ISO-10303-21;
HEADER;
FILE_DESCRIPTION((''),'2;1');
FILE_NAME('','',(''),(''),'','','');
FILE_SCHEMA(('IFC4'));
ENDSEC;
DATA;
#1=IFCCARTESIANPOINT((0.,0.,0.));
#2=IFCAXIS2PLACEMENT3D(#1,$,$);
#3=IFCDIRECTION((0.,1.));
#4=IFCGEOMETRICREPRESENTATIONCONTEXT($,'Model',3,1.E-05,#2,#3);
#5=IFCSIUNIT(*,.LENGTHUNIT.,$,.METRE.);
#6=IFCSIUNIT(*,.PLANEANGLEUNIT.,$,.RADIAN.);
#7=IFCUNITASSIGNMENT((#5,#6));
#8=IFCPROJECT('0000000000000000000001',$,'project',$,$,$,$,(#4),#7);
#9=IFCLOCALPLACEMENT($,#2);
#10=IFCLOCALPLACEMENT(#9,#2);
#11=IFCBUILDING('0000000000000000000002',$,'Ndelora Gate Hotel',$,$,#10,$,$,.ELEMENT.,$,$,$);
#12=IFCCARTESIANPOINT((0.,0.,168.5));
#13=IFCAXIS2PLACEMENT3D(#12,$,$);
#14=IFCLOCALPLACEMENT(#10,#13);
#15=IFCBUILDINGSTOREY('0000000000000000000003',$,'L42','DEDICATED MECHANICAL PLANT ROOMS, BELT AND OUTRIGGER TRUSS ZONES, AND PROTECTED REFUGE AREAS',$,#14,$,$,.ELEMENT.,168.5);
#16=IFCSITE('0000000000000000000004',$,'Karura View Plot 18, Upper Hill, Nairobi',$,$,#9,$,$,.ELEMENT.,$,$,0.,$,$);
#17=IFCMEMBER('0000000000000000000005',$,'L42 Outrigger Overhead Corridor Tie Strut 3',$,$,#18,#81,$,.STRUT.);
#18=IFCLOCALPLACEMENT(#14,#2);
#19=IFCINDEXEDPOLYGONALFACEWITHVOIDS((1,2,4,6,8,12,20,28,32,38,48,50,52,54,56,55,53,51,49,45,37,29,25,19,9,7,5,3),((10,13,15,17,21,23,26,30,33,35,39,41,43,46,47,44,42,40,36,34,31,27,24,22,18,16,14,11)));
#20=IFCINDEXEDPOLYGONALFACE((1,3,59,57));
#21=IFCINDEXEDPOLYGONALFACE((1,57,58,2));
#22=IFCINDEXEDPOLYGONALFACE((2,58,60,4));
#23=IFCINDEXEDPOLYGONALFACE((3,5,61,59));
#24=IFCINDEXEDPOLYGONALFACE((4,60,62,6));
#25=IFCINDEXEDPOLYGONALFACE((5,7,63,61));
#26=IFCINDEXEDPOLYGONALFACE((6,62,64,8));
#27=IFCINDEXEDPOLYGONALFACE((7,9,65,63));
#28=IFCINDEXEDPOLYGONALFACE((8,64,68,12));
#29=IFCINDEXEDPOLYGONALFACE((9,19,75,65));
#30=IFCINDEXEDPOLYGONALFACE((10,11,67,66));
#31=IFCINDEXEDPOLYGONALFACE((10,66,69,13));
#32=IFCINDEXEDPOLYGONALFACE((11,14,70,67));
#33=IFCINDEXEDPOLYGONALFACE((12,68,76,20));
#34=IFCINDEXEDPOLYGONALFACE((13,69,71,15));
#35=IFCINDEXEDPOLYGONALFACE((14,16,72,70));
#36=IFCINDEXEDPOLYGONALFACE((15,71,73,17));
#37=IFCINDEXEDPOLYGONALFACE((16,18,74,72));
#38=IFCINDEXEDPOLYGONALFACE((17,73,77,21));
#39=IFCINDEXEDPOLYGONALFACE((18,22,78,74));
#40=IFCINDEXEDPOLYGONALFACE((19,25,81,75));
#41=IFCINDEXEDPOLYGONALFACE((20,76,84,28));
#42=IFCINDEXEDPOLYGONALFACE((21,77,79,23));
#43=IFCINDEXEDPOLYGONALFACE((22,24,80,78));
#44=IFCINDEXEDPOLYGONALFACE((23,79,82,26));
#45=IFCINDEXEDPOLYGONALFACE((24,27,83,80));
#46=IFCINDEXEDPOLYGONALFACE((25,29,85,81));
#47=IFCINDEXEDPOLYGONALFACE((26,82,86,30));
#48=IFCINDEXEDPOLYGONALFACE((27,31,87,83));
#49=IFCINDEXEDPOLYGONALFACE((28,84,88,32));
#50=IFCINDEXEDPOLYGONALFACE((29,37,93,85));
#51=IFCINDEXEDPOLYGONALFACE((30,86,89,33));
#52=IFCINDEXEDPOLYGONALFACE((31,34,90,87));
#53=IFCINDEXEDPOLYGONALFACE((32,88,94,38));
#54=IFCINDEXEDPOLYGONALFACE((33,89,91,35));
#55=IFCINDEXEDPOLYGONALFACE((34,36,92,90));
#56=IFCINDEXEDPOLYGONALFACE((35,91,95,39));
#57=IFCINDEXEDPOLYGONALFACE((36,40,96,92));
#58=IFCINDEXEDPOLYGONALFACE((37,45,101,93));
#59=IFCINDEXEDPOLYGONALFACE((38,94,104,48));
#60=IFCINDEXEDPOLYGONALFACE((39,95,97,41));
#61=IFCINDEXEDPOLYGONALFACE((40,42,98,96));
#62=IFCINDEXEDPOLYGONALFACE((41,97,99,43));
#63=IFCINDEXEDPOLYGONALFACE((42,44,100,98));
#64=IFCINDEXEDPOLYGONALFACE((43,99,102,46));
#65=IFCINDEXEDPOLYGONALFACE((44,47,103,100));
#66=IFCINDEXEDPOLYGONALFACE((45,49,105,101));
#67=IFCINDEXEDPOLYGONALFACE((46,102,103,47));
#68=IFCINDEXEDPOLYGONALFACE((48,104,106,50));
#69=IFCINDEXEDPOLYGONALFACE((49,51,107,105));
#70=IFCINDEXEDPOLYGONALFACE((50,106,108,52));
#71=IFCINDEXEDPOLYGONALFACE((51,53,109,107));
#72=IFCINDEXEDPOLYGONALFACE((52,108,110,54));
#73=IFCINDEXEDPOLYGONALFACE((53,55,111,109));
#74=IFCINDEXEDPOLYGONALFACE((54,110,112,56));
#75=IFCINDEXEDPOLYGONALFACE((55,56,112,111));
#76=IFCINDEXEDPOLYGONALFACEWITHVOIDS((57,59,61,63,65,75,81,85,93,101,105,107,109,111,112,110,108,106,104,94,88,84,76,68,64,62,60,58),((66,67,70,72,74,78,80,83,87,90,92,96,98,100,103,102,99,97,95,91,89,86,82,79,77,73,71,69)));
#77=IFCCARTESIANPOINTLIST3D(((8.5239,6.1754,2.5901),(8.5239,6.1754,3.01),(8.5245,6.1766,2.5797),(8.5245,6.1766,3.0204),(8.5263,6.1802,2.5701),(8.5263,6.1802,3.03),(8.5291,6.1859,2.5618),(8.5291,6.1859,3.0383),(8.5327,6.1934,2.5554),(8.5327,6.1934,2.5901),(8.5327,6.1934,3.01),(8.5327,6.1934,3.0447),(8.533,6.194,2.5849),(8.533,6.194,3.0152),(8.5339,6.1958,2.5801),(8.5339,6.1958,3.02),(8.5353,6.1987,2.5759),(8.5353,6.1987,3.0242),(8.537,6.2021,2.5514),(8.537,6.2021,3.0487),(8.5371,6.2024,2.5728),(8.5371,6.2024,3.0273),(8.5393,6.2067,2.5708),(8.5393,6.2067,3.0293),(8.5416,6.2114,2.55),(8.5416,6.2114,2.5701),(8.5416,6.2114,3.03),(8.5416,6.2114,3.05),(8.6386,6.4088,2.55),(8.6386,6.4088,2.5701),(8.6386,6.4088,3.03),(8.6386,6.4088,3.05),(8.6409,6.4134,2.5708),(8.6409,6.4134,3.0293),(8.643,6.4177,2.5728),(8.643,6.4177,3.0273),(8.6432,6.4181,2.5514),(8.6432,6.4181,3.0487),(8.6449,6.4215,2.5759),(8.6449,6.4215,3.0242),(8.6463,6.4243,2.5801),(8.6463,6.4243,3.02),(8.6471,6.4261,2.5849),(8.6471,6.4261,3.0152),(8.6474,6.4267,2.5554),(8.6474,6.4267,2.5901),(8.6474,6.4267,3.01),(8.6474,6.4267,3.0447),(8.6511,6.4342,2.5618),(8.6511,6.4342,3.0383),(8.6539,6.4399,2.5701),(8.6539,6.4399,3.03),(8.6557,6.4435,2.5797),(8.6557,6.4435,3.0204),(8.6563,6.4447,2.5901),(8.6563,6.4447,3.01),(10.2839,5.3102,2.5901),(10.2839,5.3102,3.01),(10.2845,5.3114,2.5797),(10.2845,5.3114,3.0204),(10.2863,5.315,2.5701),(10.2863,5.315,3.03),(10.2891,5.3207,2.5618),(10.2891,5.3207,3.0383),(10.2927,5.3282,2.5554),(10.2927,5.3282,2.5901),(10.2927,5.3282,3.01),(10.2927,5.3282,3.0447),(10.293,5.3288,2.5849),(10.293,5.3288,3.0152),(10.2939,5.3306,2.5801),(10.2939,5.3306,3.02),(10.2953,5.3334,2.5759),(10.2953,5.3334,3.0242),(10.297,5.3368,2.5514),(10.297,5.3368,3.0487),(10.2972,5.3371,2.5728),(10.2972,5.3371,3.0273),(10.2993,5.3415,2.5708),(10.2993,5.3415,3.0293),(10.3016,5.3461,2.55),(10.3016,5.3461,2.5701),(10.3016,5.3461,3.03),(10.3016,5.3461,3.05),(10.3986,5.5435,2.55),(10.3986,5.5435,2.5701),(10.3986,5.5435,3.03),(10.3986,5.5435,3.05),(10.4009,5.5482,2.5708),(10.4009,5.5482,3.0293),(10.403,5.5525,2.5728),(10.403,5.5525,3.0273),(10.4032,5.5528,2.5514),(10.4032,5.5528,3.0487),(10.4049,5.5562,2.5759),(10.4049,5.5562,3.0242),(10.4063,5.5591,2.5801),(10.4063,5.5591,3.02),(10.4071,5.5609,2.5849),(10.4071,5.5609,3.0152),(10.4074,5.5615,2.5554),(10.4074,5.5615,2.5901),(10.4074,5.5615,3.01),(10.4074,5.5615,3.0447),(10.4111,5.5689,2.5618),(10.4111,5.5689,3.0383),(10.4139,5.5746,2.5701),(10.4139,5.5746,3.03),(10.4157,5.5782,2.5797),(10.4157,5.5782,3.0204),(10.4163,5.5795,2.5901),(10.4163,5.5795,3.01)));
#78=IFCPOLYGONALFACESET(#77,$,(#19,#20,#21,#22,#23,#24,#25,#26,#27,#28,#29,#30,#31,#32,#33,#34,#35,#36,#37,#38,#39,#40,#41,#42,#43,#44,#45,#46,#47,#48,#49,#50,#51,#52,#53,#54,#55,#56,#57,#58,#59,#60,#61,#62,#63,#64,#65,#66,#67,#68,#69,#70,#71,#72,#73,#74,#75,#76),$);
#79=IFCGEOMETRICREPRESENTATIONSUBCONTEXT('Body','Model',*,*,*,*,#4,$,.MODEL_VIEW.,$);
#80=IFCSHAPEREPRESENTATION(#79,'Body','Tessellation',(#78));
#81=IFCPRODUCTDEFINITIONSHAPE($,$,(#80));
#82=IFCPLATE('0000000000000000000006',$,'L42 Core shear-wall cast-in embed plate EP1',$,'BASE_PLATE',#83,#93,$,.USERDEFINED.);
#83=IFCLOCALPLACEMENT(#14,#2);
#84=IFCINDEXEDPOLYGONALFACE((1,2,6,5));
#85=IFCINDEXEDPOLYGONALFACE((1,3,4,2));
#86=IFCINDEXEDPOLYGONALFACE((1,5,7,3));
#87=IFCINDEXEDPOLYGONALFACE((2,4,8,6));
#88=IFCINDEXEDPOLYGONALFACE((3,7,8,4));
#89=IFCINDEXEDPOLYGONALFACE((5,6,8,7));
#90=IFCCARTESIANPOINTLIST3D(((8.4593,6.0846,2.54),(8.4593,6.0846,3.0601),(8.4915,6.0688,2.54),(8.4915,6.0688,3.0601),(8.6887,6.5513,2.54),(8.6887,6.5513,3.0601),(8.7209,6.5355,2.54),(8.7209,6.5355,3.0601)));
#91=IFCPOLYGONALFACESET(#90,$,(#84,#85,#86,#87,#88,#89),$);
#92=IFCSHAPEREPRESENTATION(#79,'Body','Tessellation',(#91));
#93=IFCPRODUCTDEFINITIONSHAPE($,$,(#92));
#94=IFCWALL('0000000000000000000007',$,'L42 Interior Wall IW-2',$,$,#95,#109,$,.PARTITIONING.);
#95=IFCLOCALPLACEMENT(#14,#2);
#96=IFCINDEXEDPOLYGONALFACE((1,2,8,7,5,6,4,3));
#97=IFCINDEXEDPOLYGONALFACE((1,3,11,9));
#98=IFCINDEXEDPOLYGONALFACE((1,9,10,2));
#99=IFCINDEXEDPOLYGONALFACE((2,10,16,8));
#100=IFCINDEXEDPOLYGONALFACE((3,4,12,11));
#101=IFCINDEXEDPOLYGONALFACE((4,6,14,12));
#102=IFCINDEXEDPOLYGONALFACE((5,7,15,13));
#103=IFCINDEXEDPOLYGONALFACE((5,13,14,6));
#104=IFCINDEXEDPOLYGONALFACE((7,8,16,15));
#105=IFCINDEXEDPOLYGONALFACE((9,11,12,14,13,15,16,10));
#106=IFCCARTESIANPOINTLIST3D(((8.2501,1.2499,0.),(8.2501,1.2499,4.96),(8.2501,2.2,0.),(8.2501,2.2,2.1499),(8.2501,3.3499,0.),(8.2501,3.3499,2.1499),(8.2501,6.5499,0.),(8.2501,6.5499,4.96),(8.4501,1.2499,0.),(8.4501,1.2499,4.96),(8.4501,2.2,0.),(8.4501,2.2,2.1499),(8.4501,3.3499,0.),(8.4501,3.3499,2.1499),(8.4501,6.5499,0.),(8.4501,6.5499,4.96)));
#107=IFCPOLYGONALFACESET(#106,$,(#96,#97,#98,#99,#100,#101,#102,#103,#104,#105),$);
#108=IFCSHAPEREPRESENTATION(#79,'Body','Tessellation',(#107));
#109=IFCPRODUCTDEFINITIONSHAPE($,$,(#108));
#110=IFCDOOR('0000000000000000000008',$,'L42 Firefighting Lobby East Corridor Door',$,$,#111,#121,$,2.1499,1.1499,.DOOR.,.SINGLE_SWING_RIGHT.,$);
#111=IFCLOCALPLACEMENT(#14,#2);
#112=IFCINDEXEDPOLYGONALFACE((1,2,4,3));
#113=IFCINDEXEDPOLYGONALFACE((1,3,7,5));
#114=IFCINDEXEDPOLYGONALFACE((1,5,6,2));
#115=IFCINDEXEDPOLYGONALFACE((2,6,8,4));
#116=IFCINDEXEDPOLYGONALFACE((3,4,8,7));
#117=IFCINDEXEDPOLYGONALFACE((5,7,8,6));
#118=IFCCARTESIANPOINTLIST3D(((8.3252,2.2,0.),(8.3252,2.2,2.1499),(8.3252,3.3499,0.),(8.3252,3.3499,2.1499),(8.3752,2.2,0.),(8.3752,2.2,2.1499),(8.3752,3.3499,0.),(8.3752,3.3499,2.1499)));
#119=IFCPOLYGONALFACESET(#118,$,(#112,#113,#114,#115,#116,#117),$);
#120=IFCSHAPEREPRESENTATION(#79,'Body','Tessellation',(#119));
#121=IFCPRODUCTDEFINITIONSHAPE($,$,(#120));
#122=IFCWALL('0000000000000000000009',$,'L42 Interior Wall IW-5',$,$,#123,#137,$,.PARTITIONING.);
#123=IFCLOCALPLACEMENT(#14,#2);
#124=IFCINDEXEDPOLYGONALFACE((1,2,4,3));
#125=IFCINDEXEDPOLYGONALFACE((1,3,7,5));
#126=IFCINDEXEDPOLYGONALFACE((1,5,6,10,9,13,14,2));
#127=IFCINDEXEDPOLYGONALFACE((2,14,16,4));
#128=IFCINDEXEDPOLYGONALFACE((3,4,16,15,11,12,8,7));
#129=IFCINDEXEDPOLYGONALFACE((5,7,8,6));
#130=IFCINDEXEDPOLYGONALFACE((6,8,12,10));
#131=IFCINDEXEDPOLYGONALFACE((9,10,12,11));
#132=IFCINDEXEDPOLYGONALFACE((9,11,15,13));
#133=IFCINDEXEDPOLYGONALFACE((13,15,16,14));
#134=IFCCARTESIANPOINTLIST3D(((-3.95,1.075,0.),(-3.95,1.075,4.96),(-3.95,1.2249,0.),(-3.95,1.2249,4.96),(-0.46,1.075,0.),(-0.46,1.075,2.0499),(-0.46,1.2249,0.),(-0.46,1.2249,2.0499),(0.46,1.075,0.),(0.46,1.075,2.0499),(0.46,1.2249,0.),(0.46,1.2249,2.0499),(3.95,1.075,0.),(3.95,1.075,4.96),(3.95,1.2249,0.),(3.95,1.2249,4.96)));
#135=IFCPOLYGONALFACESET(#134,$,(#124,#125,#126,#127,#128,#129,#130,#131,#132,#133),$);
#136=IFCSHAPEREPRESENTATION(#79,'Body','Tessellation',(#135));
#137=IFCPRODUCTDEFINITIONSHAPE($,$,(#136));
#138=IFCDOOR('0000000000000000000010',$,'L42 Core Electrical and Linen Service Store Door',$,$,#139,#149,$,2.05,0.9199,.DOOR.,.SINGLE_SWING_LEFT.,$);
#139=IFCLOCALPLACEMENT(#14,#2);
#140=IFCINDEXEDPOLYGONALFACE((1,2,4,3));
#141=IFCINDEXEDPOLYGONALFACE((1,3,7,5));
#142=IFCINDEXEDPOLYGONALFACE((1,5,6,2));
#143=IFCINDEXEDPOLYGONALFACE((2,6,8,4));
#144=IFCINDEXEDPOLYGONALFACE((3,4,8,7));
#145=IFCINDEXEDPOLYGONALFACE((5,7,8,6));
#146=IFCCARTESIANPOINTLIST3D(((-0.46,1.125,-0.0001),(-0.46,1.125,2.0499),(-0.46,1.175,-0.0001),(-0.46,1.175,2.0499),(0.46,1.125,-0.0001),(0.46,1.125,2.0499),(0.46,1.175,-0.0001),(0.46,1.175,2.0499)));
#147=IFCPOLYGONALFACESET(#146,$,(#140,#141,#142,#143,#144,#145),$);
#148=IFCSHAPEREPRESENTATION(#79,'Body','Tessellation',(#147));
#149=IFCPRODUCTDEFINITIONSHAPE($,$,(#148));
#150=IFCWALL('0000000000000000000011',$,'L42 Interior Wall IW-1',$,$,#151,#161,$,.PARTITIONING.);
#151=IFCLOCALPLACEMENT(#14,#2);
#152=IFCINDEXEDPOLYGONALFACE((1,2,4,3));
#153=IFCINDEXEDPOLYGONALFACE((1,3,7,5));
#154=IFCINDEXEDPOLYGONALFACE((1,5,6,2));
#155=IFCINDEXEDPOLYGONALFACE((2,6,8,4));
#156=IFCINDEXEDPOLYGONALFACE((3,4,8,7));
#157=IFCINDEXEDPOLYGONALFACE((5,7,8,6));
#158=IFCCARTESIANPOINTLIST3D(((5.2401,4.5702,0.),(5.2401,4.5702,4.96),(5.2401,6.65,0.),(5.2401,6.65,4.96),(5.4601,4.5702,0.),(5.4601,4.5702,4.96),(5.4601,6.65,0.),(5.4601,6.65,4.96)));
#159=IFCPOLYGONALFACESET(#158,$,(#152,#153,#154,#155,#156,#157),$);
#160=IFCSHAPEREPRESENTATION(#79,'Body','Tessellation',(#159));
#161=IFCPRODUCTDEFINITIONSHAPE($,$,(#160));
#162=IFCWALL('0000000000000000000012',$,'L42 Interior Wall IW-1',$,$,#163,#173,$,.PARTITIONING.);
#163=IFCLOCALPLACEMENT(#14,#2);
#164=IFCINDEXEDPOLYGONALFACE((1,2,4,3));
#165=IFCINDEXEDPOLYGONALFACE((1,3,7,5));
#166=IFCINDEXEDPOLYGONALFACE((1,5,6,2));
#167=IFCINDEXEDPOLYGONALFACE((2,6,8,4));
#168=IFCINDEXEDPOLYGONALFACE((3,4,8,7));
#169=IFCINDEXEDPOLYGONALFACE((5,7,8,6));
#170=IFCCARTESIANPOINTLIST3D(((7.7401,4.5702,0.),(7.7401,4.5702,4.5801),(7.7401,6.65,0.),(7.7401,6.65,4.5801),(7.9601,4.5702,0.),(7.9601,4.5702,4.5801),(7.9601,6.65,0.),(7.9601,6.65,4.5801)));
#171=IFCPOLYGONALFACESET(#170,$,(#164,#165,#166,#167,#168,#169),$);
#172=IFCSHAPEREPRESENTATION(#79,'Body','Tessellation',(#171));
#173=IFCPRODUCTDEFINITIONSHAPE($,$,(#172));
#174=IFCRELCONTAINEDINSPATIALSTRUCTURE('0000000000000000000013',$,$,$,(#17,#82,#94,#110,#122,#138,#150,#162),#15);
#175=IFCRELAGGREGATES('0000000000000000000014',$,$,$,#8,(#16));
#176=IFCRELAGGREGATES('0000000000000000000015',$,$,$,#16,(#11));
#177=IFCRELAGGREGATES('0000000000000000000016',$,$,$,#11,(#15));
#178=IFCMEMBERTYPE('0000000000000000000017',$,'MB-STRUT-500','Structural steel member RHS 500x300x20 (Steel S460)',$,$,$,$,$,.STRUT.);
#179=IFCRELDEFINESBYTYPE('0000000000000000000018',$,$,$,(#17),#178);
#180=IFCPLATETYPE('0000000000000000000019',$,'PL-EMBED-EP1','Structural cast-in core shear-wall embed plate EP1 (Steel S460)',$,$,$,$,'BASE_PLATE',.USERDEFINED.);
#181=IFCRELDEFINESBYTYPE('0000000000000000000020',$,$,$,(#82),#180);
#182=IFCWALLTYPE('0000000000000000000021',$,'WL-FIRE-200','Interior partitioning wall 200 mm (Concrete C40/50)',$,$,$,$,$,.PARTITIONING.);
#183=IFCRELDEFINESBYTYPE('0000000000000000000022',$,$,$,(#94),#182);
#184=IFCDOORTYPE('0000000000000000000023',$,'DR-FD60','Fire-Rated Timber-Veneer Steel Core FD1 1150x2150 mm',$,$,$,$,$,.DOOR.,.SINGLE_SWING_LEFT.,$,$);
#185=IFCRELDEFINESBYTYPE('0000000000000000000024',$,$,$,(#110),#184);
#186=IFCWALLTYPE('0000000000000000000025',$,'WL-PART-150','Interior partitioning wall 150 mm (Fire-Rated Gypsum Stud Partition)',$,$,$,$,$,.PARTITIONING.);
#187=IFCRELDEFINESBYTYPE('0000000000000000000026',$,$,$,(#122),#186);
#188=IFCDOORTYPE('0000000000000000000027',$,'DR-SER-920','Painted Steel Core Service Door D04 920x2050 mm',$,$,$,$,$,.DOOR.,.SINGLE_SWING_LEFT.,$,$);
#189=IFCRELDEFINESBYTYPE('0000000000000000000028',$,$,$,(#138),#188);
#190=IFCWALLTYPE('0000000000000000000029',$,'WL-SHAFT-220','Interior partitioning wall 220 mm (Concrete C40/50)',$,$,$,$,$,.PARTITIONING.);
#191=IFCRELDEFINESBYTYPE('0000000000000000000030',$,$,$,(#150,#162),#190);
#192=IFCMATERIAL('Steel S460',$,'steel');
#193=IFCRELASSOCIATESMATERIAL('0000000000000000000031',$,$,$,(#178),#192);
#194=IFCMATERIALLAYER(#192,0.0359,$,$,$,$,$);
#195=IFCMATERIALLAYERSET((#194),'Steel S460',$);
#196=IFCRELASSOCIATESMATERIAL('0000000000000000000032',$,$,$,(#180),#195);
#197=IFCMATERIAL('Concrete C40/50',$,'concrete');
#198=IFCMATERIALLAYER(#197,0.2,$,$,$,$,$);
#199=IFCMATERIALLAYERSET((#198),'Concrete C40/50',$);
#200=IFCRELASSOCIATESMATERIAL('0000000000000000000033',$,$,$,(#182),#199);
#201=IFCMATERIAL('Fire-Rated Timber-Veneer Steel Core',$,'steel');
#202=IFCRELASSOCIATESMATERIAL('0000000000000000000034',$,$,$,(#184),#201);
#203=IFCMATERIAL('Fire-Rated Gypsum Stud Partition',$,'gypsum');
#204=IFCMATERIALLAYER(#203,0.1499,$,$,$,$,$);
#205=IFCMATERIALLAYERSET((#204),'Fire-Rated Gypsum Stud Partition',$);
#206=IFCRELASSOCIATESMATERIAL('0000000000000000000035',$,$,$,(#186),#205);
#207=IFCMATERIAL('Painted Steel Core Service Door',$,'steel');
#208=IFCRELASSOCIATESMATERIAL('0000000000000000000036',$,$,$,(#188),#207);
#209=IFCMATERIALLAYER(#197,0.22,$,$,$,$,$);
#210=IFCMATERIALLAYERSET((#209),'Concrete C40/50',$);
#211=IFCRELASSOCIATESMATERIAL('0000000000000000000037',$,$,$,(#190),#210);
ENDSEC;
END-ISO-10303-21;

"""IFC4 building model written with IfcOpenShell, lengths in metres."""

from ifc_helpers import new_model, si_unit, direction, frame, frame_2d, origin, origin_2d, place, context, subcontext, project, spatial, rectangle, hollow_rectangle, extrude, material, layer, layer_set, material_profile, profile_set, type_object, element, fill, save


model = new_model("IFC4")

# Units and contexts
model_context = context("Model", 3, precision=1e-05, world=origin(), true_north=direction((0.0, 1.0)))
body_context = subcontext(model_context, "Body", "Model", "MODEL_VIEW")
ifc_project = project(units=[si_unit("LENGTHUNIT", "METRE"), si_unit("PLANEANGLEUNIT", "RADIAN")], contexts=[model_context])

# Site, building, storey
site_placement = place(None, origin())
site = spatial("IfcSite", under=ifc_project, at=site_placement, Name="Karura View Plot 18, Upper Hill, Nairobi", CompositionType="ELEMENT", RefElevation=0.0)
building_placement = place(site_placement, origin())
building = spatial("IfcBuilding", under=site, at=building_placement, Name="Ndelora Gate Hotel", CompositionType="ELEMENT")
storey_placement = place(building_placement, frame((0.0, 0.0, 168.5)))
storey = spatial("IfcBuildingStorey", under=building, at=storey_placement, Name="L42", Description="DEDICATED MECHANICAL PLANT ROOMS, BELT AND OUTRIGGER TRUSS ZONES, AND PROTECTED REFUGE AREAS", CompositionType="ELEMENT", Elevation=168.5)

# Member
ifc_material_1 = material(Name="Steel S460", Category="steel")
ifc_material_profile_1 = material_profile(ifc_material_1, hollow_rectangle(XDim=0.3, YDim=0.5, WallThickness=0.02, InnerFilletRadius=0.02, OuterFilletRadius=0.04, at=origin_2d()), Name="RHS 500x300x20")
ifc_profile_set_1 = profile_set([ifc_material_profile_1], Name="Steel S460")
member_type_1 = type_object("IfcMemberType", Name="MB-STRUT-500", Description="Structural steel member RHS 500x300x20 (Steel S460)", PredefinedType="STRUT", material=ifc_profile_set_1)
member_1_placement = place(storey_placement, frame((8.5901, 6.3101, 2.8), z_axis=(0.897419, -0.441178, 0.0), x_axis=(0.441178, 0.897419, 0.0)))
element("IfcMember", 1, at=member_1_placement, inside=storey, type_object=member_type_1, Name="L42 Outrigger Overhead Corridor Tie Strut 3", PredefinedType="STRUT", context=body_context, shape_type="SweptSolid", body=[
    extrude(hollow_rectangle(XDim=0.3, YDim=0.5, WallThickness=0.02, InnerFilletRadius=0.02, OuterFilletRadius=0.04, at=origin_2d()), origin(), (0.0, 0.0, 1.0), 1.9612),
])

# Plate
ifc_layer_1 = layer(ifc_material_1, 0.0359)
ifc_layer_set_1 = layer_set([ifc_layer_1], Name="Steel S460")
plate_type = type_object("IfcPlateType", Name="PL-EMBED-EP1", Description="Structural cast-in core shear-wall embed plate EP1 (Steel S460)", ElementType="BASE_PLATE", PredefinedType="USERDEFINED", material=ifc_layer_set_1)
plate_placement = place(storey_placement, frame((8.5901, 6.3101, 2.54), z_axis=(0.0, 0.0, 1.0), x_axis=(0.441193, 0.897412, 0.0)))
element("IfcPlate", 2, at=plate_placement, inside=storey, type_object=plate_type, Name="L42 Core shear-wall cast-in embed plate EP1", ObjectType="BASE_PLATE", PredefinedType="USERDEFINED", context=body_context, shape_type="SweptSolid", body=[
    extrude(rectangle(XDim=0.52, YDim=0.0359, at=origin_2d()), origin(), (0.0, 0.0, 1.0), 0.52),
])

# Walls, openings, doors
ifc_material_2 = material(Name="Concrete C40/50", Category="concrete")
ifc_layer_2 = layer(ifc_material_2, 0.2)
ifc_layer_set_2 = layer_set([ifc_layer_2], Name="Concrete C40/50")
wall_type_1 = type_object("IfcWallType", Name="WL-FIRE-200", Description="Interior partitioning wall 200 mm (Concrete C40/50)", PredefinedType="PARTITIONING", material=ifc_layer_set_2)
ifc_material_3 = material(Name="Fire-Rated Timber-Veneer Steel Core", Category="steel")
door_type_1 = type_object("IfcDoorType", Name="DR-FD60", Description="Fire-Rated Timber-Veneer Steel Core FD1 1150x2150 mm", OperationType="SINGLE_SWING_LEFT", PredefinedType="DOOR", material=ifc_material_3)
wall_1_placement = place(storey_placement, frame((8.3501, 1.25, 0.0), z_axis=(0.0, 0.0, 1.0), x_axis=(0.0, 1.0, 0.0)))
wall_1 = element("IfcWall", 3, at=wall_1_placement, inside=storey, type_object=wall_type_1, Name="L42 Interior Wall IW-2", PredefinedType="PARTITIONING", context=body_context, shape_type="SweptSolid", body=[
    extrude(rectangle(XDim=5.3, YDim=0.2, at=frame_2d((2.6499, 0.0))), origin(), (0.0, 0.0, 1.0), 4.96),
])
opening_1_placement = place(wall_1_placement, frame((0.95, 0.0, 0.0)))
opening_1 = element("IfcOpeningElement", 4, at=opening_1_placement, cuts=wall_1, PredefinedType="OPENING", context=body_context, shape_type="SweptSolid", body=[
    extrude(rectangle(XDim=1.1499, YDim=2.1499, at=frame_2d((0.575, 1.075))), frame((0.0, 0.1099, 0.0), z_axis=(0.0, -1.0, 0.0), x_axis=(1.0, 0.0, 0.0)), (0.0, 0.0, 1.0), 0.22),
])
door_1_placement = place(opening_1_placement, origin())
door_1 = element("IfcDoor", 5, at=door_1_placement, inside=storey, type_object=door_type_1, Name="L42 Firefighting Lobby East Corridor Door", OperationType="SINGLE_SWING_RIGHT", OverallHeight=2.1499, OverallWidth=1.1499, PredefinedType="DOOR", context=body_context, shape_type="SweptSolid", body=[
    extrude(rectangle(XDim=1.1499, YDim=2.1499, at=frame_2d((0.575, 1.075))), frame((0.0, 0.0249, 0.0), z_axis=(0.0, -1.0, 0.0), x_axis=(1.0, 0.0, 0.0)), (0.0, 0.0, 1.0), 0.05),
])
fill(opening_1, door_1)
ifc_material_4 = material(Name="Fire-Rated Gypsum Stud Partition", Category="gypsum")
ifc_layer_3 = layer(ifc_material_4, 0.1499)
ifc_layer_set_3 = layer_set([ifc_layer_3], Name="Fire-Rated Gypsum Stud Partition")
wall_type_2 = type_object("IfcWallType", Name="WL-PART-150", Description="Interior partitioning wall 150 mm (Fire-Rated Gypsum Stud Partition)", PredefinedType="PARTITIONING", material=ifc_layer_set_3)
wall_2_placement = place(storey_placement, frame((3.95, 1.1499, 0.0), z_axis=(0.0, 0.0, 1.0), x_axis=(-1.0, 0.0, 0.0)))
wall_2 = element("IfcWall", 6, at=wall_2_placement, inside=storey, type_object=wall_type_2, Name="L42 Interior Wall IW-5", PredefinedType="PARTITIONING", context=body_context, shape_type="SweptSolid", body=[
    extrude(rectangle(XDim=7.8999, YDim=0.1499, at=frame_2d((3.95, 0.0))), origin(), (0.0, 0.0, 1.0), 4.96),
])
opening_2_placement = place(wall_2_placement, frame((3.49, 0.0, 0.0)))
opening_2 = element("IfcOpeningElement", 7, at=opening_2_placement, cuts=wall_2, PredefinedType="OPENING", context=body_context, shape_type="SweptSolid", body=[
    extrude(rectangle(XDim=0.9199, YDim=2.05, at=frame_2d((0.46, 1.0249))), frame((0.0, 0.085, 0.0), z_axis=(0.0, -1.0, 0.0), x_axis=(1.0, 0.0, 0.0)), (0.0, 0.0, 1.0), 0.1699),
])
ifc_material_5 = material(Name="Painted Steel Core Service Door", Category="steel")
door_type_2 = type_object("IfcDoorType", Name="DR-SER-920", Description="Painted Steel Core Service Door D04 920x2050 mm", OperationType="SINGLE_SWING_LEFT", PredefinedType="DOOR", material=ifc_material_5)
door_2_placement = place(opening_2_placement, origin())
door_2 = element("IfcDoor", 8, at=door_2_placement, inside=storey, type_object=door_type_2, Name="L42 Core Electrical and Linen Service Store Door", OperationType="SINGLE_SWING_LEFT", OverallHeight=2.05, OverallWidth=0.9199, PredefinedType="DOOR", context=body_context, shape_type="SweptSolid", body=[
    extrude(rectangle(XDim=0.9199, YDim=2.05, at=frame_2d((0.46, 1.0249))), frame((0.0, 0.0249, 0.0), z_axis=(0.0, -1.0, 0.0), x_axis=(1.0, 0.0, 0.0)), (0.0, 0.0, 1.0), 0.05),
])
fill(opening_2, door_2)
ifc_layer_4 = layer(ifc_material_2, 0.22)
ifc_layer_set_4 = layer_set([ifc_layer_4], Name="Concrete C40/50")
wall_type_3 = type_object("IfcWallType", Name="WL-SHAFT-220", Description="Interior partitioning wall 220 mm (Concrete C40/50)", PredefinedType="PARTITIONING", material=ifc_layer_set_4)

# Walls
wall_3_placement = place(storey_placement, frame((5.3501, 4.5701, 0.0), z_axis=(0.0, 0.0, 1.0), x_axis=(0.0, 1.0, 0.0)))
element("IfcWall", 9, at=wall_3_placement, inside=storey, type_object=wall_type_3, Name="L42 Interior Wall IW-1", PredefinedType="PARTITIONING", context=body_context, shape_type="SweptSolid", body=[
    extrude(rectangle(XDim=2.0798, YDim=0.22, at=frame_2d((1.04, 0.0))), origin(), (0.0, 0.0, 1.0), 4.96),
])
wall_4_placement = place(storey_placement, frame((7.8501, 4.5701, 0.0), z_axis=(0.0, 0.0, 1.0), x_axis=(0.0, 1.0, 0.0)))
element("IfcWall", 10, at=wall_4_placement, inside=storey, type_object=wall_type_3, Name="L42 Interior Wall IW-1", PredefinedType="PARTITIONING", context=body_context, shape_type="SweptSolid", body=[
    extrude(rectangle(XDim=2.0798, YDim=0.22, at=frame_2d((1.04, 0.0))), origin(), (0.0, 0.0, 1.0), 4.5801),
])

save(model, "model.ifc")
